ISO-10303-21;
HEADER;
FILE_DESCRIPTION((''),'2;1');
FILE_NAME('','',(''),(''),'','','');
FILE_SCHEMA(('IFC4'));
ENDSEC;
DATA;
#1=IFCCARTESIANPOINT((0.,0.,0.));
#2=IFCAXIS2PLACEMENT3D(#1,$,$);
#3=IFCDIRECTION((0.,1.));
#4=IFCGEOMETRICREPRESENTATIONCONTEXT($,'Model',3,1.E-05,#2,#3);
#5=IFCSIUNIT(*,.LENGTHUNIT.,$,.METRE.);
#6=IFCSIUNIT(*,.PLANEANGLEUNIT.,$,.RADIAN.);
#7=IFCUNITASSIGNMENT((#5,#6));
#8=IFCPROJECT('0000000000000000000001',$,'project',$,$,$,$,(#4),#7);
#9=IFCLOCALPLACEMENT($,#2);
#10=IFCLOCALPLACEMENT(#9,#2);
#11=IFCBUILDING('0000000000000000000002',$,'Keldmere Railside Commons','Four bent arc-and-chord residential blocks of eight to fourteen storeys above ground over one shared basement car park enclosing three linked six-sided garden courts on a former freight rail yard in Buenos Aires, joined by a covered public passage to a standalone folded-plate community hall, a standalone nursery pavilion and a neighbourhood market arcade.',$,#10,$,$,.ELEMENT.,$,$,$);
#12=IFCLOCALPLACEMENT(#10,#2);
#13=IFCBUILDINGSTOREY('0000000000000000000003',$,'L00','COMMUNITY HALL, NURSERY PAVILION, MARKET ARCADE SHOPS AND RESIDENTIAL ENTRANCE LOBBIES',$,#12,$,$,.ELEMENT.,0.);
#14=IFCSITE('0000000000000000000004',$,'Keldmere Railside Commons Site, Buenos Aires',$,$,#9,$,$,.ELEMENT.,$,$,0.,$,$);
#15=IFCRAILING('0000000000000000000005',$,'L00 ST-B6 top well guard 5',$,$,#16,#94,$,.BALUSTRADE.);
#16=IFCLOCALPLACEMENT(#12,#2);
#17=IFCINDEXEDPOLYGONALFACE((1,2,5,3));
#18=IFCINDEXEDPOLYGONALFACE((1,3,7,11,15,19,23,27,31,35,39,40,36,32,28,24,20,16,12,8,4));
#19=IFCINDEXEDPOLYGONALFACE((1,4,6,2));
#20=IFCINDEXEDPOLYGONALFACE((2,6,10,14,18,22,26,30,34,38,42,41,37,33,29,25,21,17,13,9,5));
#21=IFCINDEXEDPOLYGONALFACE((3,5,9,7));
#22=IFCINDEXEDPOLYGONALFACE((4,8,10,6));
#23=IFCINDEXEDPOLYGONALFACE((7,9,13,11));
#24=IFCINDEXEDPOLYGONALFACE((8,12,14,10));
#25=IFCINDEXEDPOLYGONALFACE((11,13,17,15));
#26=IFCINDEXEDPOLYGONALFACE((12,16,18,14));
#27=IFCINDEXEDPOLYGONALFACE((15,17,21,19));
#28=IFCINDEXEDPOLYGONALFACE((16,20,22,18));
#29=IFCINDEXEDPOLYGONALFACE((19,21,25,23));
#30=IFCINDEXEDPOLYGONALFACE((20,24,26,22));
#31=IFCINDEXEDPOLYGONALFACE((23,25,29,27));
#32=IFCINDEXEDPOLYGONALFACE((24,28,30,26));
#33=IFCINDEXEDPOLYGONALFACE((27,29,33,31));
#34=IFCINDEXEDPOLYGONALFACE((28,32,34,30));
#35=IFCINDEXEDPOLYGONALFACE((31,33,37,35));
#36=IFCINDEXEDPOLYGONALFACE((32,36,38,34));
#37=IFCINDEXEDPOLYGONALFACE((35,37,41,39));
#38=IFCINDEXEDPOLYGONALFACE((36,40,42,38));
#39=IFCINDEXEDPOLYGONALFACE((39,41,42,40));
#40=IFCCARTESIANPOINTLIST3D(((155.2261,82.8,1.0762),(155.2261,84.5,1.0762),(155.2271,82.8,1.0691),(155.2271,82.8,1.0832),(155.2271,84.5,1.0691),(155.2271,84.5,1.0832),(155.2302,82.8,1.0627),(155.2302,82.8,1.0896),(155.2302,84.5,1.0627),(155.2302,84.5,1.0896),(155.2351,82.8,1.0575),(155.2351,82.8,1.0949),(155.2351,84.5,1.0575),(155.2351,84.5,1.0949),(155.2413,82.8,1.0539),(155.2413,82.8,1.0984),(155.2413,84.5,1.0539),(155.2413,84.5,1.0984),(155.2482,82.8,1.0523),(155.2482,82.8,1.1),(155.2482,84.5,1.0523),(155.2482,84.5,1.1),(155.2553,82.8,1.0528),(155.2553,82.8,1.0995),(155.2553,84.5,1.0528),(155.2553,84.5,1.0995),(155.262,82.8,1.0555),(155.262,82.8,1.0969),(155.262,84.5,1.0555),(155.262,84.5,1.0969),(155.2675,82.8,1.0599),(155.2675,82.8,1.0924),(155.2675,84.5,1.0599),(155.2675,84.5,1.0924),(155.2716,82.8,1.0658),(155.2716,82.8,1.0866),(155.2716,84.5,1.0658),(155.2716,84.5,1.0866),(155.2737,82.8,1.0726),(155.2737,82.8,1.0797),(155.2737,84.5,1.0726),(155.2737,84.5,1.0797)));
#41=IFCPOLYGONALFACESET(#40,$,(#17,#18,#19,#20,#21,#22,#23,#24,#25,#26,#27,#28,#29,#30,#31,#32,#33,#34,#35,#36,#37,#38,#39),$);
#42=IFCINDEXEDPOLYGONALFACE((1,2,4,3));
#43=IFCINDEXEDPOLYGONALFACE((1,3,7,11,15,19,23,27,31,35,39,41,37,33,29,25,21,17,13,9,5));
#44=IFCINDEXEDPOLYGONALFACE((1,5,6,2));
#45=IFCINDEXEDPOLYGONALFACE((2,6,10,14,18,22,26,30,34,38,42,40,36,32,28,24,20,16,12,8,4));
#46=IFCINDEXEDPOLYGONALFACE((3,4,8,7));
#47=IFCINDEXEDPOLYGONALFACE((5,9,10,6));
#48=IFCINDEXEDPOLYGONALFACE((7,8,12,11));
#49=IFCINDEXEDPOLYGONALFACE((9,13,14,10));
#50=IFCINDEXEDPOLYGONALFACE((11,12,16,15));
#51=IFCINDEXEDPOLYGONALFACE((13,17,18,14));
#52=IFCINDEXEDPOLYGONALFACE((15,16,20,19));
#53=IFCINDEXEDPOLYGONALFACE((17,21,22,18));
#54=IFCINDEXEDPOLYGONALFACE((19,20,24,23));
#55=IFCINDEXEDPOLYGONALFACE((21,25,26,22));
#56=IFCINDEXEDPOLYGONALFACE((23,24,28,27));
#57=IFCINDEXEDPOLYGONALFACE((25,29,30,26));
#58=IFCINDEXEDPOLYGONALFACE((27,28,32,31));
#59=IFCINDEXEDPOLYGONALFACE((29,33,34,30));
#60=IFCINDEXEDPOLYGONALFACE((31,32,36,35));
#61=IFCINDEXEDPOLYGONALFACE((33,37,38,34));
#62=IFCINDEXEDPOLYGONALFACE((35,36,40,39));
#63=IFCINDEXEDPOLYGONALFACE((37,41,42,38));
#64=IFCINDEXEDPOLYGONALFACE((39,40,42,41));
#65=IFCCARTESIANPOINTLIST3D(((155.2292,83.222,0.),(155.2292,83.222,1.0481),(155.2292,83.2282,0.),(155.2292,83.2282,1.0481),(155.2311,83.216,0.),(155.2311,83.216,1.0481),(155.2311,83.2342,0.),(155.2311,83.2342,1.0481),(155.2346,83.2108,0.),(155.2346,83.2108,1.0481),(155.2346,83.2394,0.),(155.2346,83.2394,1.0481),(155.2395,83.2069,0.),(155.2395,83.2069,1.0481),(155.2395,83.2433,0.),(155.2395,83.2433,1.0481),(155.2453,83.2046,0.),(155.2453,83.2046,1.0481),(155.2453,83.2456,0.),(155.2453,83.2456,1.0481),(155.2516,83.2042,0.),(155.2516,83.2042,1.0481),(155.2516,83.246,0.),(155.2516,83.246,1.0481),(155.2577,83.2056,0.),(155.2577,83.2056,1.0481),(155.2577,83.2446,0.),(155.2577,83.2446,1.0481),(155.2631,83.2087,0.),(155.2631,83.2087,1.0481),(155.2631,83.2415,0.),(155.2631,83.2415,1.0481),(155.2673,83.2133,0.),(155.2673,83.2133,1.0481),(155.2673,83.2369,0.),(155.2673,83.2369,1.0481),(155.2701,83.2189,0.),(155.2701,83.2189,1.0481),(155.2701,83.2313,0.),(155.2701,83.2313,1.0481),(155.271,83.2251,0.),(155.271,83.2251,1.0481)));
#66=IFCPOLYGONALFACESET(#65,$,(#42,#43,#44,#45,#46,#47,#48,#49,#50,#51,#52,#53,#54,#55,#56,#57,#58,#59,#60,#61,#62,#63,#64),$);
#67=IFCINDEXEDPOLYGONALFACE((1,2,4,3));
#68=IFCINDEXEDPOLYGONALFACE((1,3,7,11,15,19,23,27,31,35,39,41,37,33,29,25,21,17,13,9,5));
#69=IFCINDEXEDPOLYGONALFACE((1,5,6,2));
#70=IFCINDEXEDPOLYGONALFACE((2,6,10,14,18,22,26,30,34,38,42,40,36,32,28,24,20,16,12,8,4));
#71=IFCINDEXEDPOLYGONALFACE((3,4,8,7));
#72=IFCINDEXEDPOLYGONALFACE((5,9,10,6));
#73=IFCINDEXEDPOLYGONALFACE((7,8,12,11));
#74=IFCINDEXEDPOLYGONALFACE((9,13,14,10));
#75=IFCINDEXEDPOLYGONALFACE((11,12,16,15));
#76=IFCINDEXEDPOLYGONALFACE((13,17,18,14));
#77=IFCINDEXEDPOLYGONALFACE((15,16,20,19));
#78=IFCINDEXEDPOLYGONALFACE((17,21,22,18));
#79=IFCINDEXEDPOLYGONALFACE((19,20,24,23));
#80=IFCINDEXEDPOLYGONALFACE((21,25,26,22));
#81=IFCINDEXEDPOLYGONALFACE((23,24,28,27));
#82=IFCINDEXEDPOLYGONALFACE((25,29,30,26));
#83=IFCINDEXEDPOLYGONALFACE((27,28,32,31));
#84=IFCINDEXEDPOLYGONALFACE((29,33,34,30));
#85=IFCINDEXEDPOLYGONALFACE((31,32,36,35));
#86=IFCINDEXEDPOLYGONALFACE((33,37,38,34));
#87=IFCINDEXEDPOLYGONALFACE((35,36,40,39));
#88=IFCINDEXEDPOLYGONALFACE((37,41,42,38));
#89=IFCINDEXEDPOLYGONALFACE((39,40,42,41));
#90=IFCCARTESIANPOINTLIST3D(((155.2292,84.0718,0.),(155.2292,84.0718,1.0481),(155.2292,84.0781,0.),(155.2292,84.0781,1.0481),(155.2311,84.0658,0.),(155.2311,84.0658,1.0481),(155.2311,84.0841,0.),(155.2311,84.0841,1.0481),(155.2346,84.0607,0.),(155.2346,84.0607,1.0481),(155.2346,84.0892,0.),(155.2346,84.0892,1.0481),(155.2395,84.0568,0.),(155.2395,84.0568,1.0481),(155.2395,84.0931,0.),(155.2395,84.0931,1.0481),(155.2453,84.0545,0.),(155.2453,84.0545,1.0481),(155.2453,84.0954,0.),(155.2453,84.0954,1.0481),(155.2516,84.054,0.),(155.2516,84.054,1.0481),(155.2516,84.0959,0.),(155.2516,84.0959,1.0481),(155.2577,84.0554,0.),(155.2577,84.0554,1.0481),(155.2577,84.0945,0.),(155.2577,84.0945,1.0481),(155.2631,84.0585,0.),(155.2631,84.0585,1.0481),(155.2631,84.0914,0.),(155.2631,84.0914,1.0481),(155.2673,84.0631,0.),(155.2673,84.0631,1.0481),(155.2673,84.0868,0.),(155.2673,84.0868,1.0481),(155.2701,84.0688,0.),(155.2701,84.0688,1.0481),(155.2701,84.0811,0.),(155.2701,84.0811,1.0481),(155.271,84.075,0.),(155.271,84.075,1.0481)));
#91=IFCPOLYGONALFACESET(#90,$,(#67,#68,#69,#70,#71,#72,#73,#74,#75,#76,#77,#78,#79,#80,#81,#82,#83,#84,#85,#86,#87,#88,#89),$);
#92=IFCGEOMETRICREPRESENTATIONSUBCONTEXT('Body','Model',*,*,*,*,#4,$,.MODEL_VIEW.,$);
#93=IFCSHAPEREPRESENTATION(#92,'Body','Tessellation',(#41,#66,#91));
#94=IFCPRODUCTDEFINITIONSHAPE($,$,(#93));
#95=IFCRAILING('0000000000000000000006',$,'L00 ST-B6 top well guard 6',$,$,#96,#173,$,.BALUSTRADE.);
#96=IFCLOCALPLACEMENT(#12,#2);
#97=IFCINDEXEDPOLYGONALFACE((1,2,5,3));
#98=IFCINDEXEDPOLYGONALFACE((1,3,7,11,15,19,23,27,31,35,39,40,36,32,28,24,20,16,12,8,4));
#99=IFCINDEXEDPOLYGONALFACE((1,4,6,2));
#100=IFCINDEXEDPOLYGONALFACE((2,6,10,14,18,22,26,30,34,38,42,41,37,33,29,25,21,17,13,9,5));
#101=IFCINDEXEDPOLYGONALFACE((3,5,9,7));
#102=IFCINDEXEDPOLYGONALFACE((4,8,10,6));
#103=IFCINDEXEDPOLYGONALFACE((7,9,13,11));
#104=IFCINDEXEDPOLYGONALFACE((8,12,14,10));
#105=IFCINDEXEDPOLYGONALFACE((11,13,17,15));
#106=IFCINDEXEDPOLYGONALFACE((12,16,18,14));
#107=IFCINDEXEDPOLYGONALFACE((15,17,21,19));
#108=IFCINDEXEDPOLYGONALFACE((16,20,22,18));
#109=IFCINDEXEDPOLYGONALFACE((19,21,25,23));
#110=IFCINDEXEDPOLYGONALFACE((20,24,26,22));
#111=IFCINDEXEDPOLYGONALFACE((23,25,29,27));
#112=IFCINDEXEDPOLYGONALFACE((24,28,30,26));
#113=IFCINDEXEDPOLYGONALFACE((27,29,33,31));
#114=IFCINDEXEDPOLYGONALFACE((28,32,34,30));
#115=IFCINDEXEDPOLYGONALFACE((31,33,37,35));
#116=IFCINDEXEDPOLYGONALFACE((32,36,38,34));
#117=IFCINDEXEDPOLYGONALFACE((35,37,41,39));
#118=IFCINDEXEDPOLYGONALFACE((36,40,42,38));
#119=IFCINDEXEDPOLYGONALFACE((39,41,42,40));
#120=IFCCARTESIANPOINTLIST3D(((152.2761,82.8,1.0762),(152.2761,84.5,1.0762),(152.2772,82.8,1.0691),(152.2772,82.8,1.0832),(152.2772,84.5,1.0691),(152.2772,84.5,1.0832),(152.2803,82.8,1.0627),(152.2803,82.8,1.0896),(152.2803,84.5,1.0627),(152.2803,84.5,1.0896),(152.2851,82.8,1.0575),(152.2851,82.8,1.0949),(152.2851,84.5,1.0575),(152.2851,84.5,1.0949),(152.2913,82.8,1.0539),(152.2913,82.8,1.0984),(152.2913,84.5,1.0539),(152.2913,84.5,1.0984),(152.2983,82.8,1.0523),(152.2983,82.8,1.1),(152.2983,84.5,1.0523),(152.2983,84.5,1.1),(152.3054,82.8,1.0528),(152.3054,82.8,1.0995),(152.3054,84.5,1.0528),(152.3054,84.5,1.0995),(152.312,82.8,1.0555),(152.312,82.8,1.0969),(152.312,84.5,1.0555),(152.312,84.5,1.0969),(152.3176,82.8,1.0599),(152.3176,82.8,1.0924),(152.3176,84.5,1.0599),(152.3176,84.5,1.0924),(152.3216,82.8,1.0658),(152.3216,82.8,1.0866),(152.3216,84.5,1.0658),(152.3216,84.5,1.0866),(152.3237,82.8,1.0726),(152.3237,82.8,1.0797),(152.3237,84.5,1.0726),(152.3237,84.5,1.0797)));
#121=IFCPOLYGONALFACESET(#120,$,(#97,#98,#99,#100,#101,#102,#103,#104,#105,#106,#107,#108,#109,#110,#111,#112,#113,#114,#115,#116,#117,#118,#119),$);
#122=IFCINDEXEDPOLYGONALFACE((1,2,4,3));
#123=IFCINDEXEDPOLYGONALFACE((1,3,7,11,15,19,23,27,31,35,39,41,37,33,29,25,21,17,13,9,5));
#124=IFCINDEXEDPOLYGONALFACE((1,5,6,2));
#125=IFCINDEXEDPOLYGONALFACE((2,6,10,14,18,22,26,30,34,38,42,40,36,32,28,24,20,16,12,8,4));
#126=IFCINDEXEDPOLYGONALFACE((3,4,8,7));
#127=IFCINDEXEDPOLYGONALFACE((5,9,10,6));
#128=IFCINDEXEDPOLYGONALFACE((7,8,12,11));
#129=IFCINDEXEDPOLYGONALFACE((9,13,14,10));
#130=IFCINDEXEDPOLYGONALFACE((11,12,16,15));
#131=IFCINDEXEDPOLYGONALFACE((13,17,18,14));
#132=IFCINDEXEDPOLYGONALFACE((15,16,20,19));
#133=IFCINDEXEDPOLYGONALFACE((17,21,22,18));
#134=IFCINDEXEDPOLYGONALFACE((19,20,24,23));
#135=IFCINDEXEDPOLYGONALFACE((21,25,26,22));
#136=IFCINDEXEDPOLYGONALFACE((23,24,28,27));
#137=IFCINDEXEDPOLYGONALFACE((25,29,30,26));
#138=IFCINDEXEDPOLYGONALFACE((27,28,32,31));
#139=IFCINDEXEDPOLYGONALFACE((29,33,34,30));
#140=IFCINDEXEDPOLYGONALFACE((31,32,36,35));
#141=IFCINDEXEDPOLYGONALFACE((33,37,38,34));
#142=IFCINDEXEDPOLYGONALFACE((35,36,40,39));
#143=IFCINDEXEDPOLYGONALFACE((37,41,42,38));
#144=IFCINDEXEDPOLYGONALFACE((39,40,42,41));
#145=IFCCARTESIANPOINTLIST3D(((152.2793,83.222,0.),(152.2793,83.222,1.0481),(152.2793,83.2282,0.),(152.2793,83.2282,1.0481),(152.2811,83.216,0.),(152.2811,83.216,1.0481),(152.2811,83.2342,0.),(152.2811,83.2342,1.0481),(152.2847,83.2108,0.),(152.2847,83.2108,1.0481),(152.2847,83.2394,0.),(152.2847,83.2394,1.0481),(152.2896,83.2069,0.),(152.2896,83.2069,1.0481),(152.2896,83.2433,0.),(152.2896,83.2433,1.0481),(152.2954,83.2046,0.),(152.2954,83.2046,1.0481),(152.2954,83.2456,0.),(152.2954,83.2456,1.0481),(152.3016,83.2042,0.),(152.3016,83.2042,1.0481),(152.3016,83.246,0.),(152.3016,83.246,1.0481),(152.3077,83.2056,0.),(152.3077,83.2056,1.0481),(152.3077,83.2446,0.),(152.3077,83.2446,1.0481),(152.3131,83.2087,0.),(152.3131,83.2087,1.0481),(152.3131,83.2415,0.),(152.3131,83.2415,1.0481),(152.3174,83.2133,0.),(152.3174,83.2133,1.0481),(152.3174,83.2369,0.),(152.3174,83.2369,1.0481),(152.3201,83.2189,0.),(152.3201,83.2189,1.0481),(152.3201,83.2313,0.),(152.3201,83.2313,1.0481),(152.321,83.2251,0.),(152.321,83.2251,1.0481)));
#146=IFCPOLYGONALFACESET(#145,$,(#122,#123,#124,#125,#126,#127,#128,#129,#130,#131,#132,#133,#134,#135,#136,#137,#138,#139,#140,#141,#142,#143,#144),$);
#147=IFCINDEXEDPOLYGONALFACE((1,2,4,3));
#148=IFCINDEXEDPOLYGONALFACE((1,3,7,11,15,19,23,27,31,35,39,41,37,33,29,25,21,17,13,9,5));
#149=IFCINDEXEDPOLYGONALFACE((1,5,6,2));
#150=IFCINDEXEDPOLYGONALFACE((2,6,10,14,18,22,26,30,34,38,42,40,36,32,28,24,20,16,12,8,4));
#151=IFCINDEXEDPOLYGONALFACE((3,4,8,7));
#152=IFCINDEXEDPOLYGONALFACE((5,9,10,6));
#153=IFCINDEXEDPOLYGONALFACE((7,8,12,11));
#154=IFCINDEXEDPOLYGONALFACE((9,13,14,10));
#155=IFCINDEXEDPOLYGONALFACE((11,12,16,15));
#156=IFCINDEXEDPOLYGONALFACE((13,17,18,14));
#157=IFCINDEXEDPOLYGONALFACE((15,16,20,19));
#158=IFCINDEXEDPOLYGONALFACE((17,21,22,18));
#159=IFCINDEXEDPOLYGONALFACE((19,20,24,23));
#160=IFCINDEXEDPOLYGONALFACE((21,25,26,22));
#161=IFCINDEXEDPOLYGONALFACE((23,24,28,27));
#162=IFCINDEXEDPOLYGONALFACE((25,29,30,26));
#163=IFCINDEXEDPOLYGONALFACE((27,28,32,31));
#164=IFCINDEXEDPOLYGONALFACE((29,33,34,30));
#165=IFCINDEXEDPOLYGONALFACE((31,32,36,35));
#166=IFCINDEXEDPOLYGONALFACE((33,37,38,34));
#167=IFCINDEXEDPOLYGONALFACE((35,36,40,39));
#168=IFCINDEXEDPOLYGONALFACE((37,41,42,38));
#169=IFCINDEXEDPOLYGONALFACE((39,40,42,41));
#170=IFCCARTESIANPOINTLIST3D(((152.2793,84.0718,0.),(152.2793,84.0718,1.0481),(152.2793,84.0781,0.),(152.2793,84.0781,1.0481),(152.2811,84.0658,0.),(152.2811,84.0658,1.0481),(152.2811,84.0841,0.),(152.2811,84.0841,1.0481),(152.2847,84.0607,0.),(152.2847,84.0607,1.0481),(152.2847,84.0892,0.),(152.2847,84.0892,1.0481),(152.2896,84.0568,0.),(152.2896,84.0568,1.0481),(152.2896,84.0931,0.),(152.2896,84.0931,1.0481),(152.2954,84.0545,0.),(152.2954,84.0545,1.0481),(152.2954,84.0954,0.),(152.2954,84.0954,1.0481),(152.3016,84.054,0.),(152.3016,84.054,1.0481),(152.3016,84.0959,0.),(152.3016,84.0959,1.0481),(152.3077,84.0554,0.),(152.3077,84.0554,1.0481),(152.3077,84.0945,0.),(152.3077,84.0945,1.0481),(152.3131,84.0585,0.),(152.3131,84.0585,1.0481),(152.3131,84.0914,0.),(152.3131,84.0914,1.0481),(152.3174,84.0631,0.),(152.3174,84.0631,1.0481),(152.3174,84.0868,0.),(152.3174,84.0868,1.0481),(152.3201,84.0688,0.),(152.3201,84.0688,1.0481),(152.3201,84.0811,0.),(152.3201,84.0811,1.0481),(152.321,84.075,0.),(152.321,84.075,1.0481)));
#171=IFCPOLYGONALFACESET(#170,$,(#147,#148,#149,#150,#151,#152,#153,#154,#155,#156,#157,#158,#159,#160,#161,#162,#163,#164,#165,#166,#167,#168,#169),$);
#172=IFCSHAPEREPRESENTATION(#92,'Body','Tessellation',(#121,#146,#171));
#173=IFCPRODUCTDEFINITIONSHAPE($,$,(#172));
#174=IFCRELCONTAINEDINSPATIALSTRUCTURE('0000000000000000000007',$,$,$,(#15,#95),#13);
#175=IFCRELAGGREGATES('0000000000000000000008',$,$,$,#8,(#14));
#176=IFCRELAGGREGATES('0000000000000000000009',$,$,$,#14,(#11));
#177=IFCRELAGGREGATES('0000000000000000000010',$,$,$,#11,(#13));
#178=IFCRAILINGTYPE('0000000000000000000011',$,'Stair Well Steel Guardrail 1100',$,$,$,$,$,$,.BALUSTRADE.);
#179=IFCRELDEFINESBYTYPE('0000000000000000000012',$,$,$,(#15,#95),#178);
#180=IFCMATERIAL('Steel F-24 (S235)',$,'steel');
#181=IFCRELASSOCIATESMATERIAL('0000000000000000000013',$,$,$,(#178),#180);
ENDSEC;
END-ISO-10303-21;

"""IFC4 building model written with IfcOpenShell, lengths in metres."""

from ifc_helpers import new_model, si_unit, direction, frame, origin, origin_2d, place, context, subcontext, project, spatial, circle, extrude, material, type_object, element, save


model = new_model("IFC4")

# Units and contexts
model_context = context("Model", 3, precision=1e-05, world=origin(), true_north=direction((0.0, 1.0)))
body_context = subcontext(model_context, "Body", "Model", "MODEL_VIEW")
ifc_project = project(units=[si_unit("LENGTHUNIT", "METRE"), si_unit("PLANEANGLEUNIT", "RADIAN")], contexts=[model_context])

# Site, building, storey
site_placement = place(None, origin())
site = spatial("IfcSite", under=ifc_project, at=site_placement, Name="Keldmere Railside Commons Site, Buenos Aires", CompositionType="ELEMENT", RefElevation=0.0)
building_placement = place(site_placement, origin())
building = spatial("IfcBuilding", under=site, at=building_placement, Name="Keldmere Railside Commons", Description="Four bent arc-and-chord residential blocks of eight to fourteen storeys above ground over one shared basement car park enclosing three linked six-sided garden courts on a former freight rail yard in Buenos Aires, joined by a covered public passage to a standalone folded-plate community hall, a standalone nursery pavilion and a neighbourhood market arcade.", CompositionType="ELEMENT")
storey_placement = place(building_placement, origin())
storey = spatial("IfcBuildingStorey", under=building, at=storey_placement, Name="L00", Description="COMMUNITY HALL, NURSERY PAVILION, MARKET ARCADE SHOPS AND RESIDENTIAL ENTRANCE LOBBIES", CompositionType="ELEMENT", Elevation=0.0)

# Shared definitions
ifc_material_1 = material(Name="Steel F-24 (S235)", Category="steel")

# Railings
railing_type = type_object("IfcRailingType", Name="Stair Well Steel Guardrail 1100", PredefinedType="BALUSTRADE", material=ifc_material_1)
for number, where, name in (
    (1, (155.25, 82.8, 0.0), "L00 ST-B6 top well guard 5"),
    (2, (152.3, 82.8, 0.0), "L00 ST-B6 top well guard 6"),
):
    element("IfcRailing", number, at=place(storey_placement, frame(where)), inside=storey, type_object=railing_type, Name=name, PredefinedType="BALUSTRADE", context=body_context, shape_type="SweptSolid", body=[
        extrude(circle(Radius=0.0239, at=origin_2d()), frame((0.0, 0.0, 1.0762), z_axis=(0.0, 1.0, 0.0), x_axis=(-1.0, 0.0, 0.0)), (0.0, 0.0, 1.0), 1.7),
        extrude(circle(Radius=0.021, at=origin_2d()), frame((0.0, 0.425, 0.0)), (0.0, 0.0, 1.0), 1.0481),
        extrude(circle(Radius=0.021, at=origin_2d()), frame((0.0, 1.2749, 0.0)), (0.0, 0.0, 1.0), 1.0481),
    ])

save(model, "model.ifc")
